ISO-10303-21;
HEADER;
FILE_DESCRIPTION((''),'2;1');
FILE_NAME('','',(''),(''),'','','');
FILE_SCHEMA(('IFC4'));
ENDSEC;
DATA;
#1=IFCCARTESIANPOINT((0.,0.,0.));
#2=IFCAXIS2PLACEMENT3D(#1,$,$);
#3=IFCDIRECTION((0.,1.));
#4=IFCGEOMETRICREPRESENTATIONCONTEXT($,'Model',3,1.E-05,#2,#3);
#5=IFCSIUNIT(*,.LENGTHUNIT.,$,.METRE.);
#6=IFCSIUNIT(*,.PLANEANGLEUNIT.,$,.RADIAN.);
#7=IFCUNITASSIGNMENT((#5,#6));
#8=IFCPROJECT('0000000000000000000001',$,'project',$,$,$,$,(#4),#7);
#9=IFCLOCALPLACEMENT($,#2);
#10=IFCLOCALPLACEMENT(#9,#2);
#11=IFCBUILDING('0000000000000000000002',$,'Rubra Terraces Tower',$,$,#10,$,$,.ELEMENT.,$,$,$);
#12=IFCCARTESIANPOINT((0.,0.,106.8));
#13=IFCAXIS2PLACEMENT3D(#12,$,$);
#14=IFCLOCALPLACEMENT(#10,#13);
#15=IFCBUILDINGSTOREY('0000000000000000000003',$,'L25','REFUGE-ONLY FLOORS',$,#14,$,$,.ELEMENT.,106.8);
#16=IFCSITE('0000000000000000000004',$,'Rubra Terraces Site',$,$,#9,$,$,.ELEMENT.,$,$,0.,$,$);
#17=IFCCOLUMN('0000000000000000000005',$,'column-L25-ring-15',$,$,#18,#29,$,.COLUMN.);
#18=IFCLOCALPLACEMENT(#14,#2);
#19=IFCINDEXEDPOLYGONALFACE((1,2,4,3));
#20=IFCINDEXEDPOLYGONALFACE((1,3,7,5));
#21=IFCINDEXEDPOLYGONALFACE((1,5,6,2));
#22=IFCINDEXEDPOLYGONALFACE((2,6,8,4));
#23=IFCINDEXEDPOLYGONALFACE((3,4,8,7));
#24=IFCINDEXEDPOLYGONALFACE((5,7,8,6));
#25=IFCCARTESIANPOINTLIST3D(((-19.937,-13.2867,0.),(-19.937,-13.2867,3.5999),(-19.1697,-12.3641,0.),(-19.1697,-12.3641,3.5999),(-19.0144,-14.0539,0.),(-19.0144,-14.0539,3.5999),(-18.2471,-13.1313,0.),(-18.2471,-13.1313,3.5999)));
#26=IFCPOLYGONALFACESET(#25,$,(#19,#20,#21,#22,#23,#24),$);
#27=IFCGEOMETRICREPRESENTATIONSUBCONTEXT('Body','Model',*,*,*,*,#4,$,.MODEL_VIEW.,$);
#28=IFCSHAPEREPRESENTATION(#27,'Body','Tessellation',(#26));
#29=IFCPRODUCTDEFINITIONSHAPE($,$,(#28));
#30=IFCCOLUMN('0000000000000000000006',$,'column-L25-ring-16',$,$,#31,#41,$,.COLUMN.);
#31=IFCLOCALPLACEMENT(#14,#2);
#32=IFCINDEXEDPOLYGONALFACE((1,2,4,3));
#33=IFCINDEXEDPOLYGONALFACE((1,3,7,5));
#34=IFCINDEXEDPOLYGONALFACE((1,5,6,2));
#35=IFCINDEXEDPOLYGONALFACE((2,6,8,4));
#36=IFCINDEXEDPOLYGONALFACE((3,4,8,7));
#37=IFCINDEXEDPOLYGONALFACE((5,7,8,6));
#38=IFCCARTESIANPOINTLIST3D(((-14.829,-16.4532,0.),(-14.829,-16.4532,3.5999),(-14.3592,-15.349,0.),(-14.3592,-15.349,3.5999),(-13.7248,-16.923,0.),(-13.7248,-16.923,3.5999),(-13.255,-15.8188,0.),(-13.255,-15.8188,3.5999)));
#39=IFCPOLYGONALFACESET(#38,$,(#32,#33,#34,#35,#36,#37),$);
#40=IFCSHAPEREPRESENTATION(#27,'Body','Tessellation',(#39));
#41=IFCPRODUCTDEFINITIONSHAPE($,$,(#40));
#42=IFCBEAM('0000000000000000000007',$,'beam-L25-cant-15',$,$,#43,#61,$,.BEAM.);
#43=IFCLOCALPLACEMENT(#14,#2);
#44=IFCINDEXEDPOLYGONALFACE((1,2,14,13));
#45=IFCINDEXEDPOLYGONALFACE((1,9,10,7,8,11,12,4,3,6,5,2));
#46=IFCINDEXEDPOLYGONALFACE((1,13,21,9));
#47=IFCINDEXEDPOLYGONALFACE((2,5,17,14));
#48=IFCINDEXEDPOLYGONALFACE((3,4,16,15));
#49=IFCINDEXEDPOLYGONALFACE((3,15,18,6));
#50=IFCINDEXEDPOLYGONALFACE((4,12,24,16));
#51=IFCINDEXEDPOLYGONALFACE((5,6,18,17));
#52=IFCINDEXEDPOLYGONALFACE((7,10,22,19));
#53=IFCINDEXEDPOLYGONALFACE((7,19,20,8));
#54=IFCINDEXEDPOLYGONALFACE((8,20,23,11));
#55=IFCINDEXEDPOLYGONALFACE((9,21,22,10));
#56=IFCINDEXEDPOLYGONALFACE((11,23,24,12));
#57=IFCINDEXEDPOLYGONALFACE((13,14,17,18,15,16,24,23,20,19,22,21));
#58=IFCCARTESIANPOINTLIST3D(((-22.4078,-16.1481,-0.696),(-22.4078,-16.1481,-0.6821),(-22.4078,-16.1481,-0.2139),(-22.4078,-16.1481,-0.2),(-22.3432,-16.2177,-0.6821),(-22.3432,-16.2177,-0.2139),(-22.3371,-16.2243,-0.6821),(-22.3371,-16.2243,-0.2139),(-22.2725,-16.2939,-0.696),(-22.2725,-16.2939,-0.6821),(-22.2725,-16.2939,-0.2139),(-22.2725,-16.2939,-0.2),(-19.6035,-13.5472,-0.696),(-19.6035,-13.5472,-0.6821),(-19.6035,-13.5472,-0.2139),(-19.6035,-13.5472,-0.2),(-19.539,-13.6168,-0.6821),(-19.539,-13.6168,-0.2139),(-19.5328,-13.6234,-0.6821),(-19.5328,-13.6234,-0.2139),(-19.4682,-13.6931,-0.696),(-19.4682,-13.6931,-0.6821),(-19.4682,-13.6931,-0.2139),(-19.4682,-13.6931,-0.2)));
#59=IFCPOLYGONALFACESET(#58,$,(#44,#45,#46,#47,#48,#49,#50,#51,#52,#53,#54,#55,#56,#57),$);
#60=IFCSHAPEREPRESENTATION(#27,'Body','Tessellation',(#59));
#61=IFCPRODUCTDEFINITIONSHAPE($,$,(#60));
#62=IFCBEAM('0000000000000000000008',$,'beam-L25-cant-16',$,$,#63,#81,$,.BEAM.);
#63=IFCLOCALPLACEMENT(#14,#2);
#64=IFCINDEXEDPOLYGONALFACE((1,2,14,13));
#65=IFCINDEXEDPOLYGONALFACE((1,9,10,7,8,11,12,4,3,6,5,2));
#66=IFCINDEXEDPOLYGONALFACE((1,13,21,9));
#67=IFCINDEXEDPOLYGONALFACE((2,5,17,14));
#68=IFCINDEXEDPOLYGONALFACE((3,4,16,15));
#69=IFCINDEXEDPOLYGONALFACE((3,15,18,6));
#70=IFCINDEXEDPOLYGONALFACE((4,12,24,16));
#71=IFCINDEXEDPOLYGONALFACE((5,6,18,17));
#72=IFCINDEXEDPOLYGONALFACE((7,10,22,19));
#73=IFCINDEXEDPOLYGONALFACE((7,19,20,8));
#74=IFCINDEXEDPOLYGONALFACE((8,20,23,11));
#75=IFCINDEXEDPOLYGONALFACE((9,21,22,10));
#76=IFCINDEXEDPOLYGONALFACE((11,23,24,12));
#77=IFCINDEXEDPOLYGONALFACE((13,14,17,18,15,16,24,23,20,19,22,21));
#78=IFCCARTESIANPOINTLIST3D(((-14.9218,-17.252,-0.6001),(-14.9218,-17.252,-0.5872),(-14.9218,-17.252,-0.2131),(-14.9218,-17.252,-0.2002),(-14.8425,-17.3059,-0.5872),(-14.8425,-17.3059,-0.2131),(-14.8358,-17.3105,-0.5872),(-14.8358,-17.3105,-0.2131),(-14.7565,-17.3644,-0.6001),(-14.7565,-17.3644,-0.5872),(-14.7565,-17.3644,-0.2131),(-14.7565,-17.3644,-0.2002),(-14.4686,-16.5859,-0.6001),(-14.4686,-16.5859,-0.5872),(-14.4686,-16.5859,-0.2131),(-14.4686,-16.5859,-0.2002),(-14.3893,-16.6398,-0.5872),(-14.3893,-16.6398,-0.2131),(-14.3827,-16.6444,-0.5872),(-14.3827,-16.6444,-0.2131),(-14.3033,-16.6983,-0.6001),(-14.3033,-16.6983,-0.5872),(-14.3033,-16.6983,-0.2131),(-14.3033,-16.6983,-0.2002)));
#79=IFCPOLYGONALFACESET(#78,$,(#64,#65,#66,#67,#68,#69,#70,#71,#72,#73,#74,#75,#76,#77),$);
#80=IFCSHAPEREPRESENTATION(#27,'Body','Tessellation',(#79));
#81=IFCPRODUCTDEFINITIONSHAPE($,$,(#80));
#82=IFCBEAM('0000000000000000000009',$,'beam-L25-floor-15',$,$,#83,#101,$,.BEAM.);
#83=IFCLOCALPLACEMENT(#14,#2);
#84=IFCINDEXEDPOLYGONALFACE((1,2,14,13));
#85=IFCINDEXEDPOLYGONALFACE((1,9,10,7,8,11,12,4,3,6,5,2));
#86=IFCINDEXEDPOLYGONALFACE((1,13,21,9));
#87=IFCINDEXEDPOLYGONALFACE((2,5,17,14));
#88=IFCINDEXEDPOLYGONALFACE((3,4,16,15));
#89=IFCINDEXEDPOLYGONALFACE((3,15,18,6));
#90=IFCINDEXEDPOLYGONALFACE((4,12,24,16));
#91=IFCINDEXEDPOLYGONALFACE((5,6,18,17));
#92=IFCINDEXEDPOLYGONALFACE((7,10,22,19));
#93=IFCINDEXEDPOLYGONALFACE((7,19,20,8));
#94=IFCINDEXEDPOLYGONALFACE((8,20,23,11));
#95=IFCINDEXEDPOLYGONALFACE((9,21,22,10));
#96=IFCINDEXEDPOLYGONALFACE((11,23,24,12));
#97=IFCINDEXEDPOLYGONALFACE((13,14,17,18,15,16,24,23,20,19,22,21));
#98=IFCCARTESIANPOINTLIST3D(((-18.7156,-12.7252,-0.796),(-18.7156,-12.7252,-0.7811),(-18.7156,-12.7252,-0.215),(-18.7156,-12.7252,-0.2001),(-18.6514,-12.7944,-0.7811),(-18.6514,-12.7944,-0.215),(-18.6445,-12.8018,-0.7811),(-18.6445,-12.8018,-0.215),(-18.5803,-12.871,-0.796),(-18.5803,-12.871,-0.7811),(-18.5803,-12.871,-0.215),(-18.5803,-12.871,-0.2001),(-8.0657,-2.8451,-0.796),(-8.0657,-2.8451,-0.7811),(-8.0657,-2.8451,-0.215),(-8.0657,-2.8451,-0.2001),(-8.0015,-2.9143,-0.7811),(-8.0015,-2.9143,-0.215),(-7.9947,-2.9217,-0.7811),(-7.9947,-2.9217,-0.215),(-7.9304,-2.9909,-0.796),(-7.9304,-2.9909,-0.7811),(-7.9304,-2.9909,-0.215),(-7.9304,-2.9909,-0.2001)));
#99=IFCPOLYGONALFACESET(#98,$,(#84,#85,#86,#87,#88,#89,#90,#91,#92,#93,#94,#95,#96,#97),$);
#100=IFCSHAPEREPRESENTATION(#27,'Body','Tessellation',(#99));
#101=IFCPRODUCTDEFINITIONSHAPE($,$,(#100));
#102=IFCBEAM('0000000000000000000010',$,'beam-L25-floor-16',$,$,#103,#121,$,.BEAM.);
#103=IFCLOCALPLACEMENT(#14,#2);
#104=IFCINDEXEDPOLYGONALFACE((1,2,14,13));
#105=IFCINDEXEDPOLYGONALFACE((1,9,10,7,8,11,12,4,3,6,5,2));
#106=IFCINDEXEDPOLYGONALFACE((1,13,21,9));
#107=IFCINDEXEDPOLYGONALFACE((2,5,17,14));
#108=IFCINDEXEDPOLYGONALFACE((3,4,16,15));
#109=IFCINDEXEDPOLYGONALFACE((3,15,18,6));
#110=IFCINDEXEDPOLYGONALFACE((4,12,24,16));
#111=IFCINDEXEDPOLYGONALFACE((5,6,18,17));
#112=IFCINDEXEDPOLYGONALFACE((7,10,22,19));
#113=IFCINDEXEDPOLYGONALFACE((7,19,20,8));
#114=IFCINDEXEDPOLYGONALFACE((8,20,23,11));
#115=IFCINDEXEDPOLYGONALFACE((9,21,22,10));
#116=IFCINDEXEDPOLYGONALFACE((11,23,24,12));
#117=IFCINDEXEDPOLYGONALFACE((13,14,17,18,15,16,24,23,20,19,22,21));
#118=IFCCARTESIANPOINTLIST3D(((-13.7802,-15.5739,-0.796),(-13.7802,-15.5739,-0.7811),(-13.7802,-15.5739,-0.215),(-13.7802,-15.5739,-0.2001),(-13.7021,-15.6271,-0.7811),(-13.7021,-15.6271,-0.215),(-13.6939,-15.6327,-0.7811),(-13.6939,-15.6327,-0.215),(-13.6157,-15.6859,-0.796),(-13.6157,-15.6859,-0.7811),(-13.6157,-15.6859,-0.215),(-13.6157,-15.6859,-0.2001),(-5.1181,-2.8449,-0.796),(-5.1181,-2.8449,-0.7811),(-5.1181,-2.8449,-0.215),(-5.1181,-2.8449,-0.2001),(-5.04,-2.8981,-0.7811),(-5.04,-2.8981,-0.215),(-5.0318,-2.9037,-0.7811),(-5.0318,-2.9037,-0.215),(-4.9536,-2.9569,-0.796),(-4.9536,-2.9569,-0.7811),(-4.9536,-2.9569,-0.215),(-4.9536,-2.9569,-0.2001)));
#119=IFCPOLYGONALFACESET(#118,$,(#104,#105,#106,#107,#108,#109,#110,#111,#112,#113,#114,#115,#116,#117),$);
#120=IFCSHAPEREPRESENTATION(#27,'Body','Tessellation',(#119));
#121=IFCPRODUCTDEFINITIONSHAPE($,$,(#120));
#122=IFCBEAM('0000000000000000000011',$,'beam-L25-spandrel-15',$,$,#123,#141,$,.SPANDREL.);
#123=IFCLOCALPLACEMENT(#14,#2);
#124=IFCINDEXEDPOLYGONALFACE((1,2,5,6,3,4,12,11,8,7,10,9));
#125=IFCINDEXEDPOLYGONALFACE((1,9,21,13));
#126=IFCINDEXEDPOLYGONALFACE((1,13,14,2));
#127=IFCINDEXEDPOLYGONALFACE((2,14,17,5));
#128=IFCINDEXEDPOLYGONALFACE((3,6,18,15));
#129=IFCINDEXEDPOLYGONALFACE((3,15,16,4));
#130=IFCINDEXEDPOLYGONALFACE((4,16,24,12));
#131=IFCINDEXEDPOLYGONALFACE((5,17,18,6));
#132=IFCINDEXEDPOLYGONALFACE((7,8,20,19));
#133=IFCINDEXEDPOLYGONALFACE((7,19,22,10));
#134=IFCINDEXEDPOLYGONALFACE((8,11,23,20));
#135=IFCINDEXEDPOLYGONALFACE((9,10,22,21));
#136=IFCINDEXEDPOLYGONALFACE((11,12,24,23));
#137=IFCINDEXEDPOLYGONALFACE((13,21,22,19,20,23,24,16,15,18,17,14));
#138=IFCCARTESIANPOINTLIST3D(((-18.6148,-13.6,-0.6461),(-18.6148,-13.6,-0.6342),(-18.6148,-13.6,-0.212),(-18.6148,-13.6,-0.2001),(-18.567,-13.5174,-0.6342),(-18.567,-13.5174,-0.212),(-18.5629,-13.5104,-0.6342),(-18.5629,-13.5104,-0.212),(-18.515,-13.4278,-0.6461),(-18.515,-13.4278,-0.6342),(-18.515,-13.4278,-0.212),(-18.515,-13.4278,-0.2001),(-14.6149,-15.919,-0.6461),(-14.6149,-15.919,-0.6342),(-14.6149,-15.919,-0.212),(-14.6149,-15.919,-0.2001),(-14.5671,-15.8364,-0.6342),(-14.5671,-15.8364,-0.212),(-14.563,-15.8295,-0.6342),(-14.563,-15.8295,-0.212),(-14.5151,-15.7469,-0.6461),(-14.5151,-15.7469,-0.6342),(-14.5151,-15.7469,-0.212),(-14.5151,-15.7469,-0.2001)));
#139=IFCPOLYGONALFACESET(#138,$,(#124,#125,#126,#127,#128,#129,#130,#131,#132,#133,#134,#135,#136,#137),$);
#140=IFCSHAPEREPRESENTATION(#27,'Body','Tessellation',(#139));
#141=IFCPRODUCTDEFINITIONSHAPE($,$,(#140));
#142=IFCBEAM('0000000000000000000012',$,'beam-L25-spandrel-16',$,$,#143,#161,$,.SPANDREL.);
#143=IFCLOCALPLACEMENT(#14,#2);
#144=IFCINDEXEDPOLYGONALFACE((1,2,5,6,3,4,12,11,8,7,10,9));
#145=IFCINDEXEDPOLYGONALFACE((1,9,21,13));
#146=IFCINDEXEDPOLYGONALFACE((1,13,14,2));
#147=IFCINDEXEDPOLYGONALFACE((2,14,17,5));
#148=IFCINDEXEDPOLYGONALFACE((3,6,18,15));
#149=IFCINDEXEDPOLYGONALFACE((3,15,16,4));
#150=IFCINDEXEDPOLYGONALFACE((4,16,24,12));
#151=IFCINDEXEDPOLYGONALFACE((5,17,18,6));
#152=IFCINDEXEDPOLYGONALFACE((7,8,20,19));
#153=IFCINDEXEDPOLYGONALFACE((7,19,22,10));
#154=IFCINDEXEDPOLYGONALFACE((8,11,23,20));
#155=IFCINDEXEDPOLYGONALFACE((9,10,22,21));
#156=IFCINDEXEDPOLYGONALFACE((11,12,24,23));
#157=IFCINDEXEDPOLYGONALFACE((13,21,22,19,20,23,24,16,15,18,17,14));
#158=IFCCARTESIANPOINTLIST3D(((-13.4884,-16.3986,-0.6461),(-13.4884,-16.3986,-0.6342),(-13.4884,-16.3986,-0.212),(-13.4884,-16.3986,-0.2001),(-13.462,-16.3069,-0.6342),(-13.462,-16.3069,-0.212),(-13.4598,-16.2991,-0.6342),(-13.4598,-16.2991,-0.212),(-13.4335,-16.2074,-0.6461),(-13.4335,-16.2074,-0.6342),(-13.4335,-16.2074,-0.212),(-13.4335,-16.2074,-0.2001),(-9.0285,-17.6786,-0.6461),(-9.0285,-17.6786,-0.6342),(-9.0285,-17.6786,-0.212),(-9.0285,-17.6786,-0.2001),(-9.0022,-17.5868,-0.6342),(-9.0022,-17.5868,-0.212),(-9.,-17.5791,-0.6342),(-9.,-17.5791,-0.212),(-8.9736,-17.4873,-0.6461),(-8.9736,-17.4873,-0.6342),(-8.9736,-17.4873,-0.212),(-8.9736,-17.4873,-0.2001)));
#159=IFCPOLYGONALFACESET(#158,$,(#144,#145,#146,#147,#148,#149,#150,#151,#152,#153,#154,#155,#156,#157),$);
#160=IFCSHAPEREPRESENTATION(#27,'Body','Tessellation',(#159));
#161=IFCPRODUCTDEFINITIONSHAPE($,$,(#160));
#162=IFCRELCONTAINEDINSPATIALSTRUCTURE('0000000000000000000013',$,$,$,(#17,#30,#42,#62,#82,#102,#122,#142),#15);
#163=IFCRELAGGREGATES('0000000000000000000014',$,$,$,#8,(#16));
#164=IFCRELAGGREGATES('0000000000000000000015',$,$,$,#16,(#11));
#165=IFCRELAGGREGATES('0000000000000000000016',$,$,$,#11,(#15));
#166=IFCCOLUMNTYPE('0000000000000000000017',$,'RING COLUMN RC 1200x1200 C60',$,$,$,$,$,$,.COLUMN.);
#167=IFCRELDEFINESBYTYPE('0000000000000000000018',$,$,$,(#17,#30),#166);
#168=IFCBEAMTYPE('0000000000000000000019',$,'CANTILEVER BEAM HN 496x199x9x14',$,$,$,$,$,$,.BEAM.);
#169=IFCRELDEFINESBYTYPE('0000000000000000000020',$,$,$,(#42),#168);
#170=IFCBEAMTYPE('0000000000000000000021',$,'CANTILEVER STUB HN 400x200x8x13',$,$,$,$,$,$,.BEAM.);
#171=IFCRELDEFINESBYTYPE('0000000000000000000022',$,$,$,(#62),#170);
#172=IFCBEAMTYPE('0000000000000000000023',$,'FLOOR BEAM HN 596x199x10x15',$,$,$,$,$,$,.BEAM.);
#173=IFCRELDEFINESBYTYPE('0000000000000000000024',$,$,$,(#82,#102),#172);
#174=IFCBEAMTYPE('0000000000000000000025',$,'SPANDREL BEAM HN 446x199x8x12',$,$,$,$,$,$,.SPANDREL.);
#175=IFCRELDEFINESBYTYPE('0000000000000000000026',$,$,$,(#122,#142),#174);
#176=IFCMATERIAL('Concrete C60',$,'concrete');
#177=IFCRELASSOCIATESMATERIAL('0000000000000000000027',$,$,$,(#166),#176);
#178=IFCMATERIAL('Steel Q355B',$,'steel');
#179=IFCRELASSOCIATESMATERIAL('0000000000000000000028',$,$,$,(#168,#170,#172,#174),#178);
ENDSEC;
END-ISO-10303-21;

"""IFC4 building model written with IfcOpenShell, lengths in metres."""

from ifc_helpers import new_model, si_unit, direction, frame, origin, origin_2d, place, context, subcontext, project, spatial, rectangle, i_section, extrude, material, material_profile, profile_set, type_object, element, save


model = new_model("IFC4")

# Units and contexts
model_context = context("Model", 3, precision=1e-05, world=origin(), true_north=direction((0.0, 1.0)))
body_context = subcontext(model_context, "Body", "Model", "MODEL_VIEW")
ifc_project = project(units=[si_unit("LENGTHUNIT", "METRE"), si_unit("PLANEANGLEUNIT", "RADIAN")], contexts=[model_context])

# Site, building, storey
site_placement = place(None, origin())
site = spatial("IfcSite", under=ifc_project, at=site_placement, Name="Rubra Terraces Site", CompositionType="ELEMENT", RefElevation=0.0)
building_placement = place(site_placement, origin())
building = spatial("IfcBuilding", under=site, at=building_placement, Name="Rubra Terraces Tower", CompositionType="ELEMENT")
storey_placement = place(building_placement, frame((0.0, 0.0, 106.8)))
storey = spatial("IfcBuildingStorey", under=building, at=storey_placement, Name="L25", Description="REFUGE-ONLY FLOORS", CompositionType="ELEMENT", Elevation=106.8)

# Columns
ifc_material_1 = material(Name="Concrete C60", Category="concrete")
ifc_material_profile_1 = material_profile(ifc_material_1, rectangle(XDim=1.2, YDim=1.2, at=origin_2d()), Name="RC 1200x1200")
ifc_profile_set_1 = profile_set([ifc_material_profile_1], Name="Concrete C60")
column_type = type_object("IfcColumnType", Name="RING COLUMN RC 1200x1200 C60", PredefinedType="COLUMN", material=ifc_profile_set_1)
for number, where, z_axis, x_axis, name in (
    (1, (-19.092, -13.209, 0.0), (0.0, 0.0, 1.0), (0.76887, -0.639405, 0.0), "column-L25-ring-15"),
    (2, (-14.042, -16.136, 0.0), (0.0, 0.0, 1.0), (0.920168, -0.391524, 0.0), "column-L25-ring-16"),
):
    element("IfcColumn", number, at=place(storey_placement, frame(where, z_axis=z_axis, x_axis=x_axis)), inside=storey, type_object=column_type, Name=name, PredefinedType="COLUMN", context=body_context, shape_type="SweptSolid", body=[
        extrude(rectangle(XDim=1.2, YDim=1.2, at=origin_2d()), origin(), (0.0, 0.0, 1.0), 3.5999),
    ])

# Beams
ifc_material_2 = material(Name="Steel Q355B", Category="steel")
ifc_material_profile_2 = material_profile(ifc_material_2, i_section(OverallWidth=0.199, OverallDepth=0.4961, WebThickness=0.009, FlangeThickness=0.0139, at=origin_2d()), Name="HN 496x199x9x14")
ifc_profile_set_2 = profile_set([ifc_material_profile_2], Name="Steel Q355B")
beam_type_1 = type_object("IfcBeamType", Name="CANTILEVER BEAM HN 496x199x9x14", PredefinedType="BEAM", material=ifc_profile_set_2)
beam_1_placement = place(storey_placement, frame((-19.5359, -13.6201, -0.448), z_axis=(-0.733194, -0.68002, 0.0), x_axis=(0.68002, -0.733194, 0.0)))
element("IfcBeam", 3, at=beam_1_placement, inside=storey, type_object=beam_type_1, Name="beam-L25-cant-15", PredefinedType="BEAM", context=body_context, shape_type="SweptSolid", body=[
    extrude(i_section(OverallWidth=0.199, OverallDepth=0.4961, WebThickness=0.009, FlangeThickness=0.0139, at=origin_2d()), origin(), (0.0, 0.0, 1.0), 3.8247),
])
ifc_material_profile_3 = material_profile(ifc_material_2, i_section(OverallWidth=0.2, OverallDepth=0.3999, WebThickness=0.0081, FlangeThickness=0.0129, at=origin_2d()), Name="HN 400x200x8x13")
ifc_profile_set_3 = profile_set([ifc_material_profile_3], Name="Steel Q355B")
beam_type_2 = type_object("IfcBeamType", Name="CANTILEVER STUB HN 400x200x8x13", PredefinedType="BEAM", material=ifc_profile_set_3)
beam_2_placement = place(storey_placement, frame((-14.386, -16.6421, -0.4001), z_axis=(-0.562509, -0.826791, 0.0), x_axis=(0.826791, -0.562509, 0.0)))
element("IfcBeam", 4, at=beam_2_placement, inside=storey, type_object=beam_type_2, Name="beam-L25-cant-16", PredefinedType="BEAM", context=body_context, shape_type="SweptSolid", body=[
    extrude(i_section(OverallWidth=0.2, OverallDepth=0.3999, WebThickness=0.0081, FlangeThickness=0.0129, at=origin_2d()), origin(), (0.0, 0.0, 1.0), 0.8057),
])
ifc_material_profile_4 = material_profile(ifc_material_2, i_section(OverallWidth=0.199, OverallDepth=0.5959, WebThickness=0.01, FlangeThickness=0.0149, at=origin_2d()), Name="HN 596x199x10x15")
ifc_profile_set_4 = profile_set([ifc_material_profile_4], Name="Steel Q355B")
beam_type_3 = type_object("IfcBeamType", Name="FLOOR BEAM HN 596x199x10x15", PredefinedType="BEAM", material=ifc_profile_set_4)
beam_3_placement = place(storey_placement, frame((-18.6479, -12.7981, -0.498), z_axis=(0.733105, 0.680116, 0.0), x_axis=(-0.680116, 0.733105, 0.0)))
element("IfcBeam", 5, at=beam_3_placement, inside=storey, type_object=beam_type_3, Name="beam-L25-floor-15", PredefinedType="BEAM", context=body_context, shape_type="SweptSolid", body=[
    extrude(i_section(OverallWidth=0.199, OverallDepth=0.5959, WebThickness=0.01, FlangeThickness=0.0149, at=origin_2d()), origin(), (0.0, 0.0, 1.0), 14.5271),
])
beam_4_placement = place(storey_placement, frame((-13.698, -15.6299, -0.498), z_axis=(0.562594, 0.826734, 0.0), x_axis=(-0.826734, 0.562594, 0.0)))
element("IfcBeam", 6, at=beam_4_placement, inside=storey, type_object=beam_type_3, Name="beam-L25-floor-16", PredefinedType="BEAM", context=body_context, shape_type="SweptSolid", body=[
    extrude(i_section(OverallWidth=0.199, OverallDepth=0.5959, WebThickness=0.01, FlangeThickness=0.0149, at=origin_2d()), origin(), (0.0, 0.0, 1.0), 15.3967),
])
ifc_material_profile_5 = material_profile(ifc_material_2, i_section(OverallWidth=0.199, OverallDepth=0.446, WebThickness=0.0081, FlangeThickness=0.012, at=origin_2d()), Name="HN 446x199x8x12")
ifc_profile_set_5 = profile_set([ifc_material_profile_5], Name="Steel Q355B")
beam_type_4 = type_object("IfcBeamType", Name="SPANDREL BEAM HN 446x199x8x12", PredefinedType="SPANDREL", material=ifc_profile_set_5)
beam_5_placement = place(storey_placement, frame((-18.5649, -13.5139, -0.4231), z_axis=(0.865116, -0.501571, 0.0), x_axis=(0.501571, 0.865116, 0.0)))
element("IfcBeam", 7, at=beam_5_placement, inside=storey, type_object=beam_type_4, Name="beam-L25-spandrel-15", PredefinedType="SPANDREL", context=body_context, shape_type="SweptSolid", body=[
    extrude(i_section(OverallWidth=0.199, OverallDepth=0.446, WebThickness=0.0081, FlangeThickness=0.012, at=origin_2d()), origin(), (0.0, 0.0, 1.0), 4.6235),
])
beam_6_placement = place(storey_placement, frame((-13.4609, -16.303, -0.4231), z_axis=(0.961196, -0.275868, 0.0), x_axis=(0.275868, 0.961196, 0.0)))
element("IfcBeam", 8, at=beam_6_placement, inside=storey, type_object=beam_type_4, Name="beam-L25-spandrel-16", PredefinedType="SPANDREL", context=body_context, shape_type="SweptSolid", body=[
    extrude(i_section(OverallWidth=0.199, OverallDepth=0.446, WebThickness=0.0081, FlangeThickness=0.012, at=origin_2d()), origin(), (0.0, 0.0, 1.0), 4.6399),
])

save(model, "model.ifc")
